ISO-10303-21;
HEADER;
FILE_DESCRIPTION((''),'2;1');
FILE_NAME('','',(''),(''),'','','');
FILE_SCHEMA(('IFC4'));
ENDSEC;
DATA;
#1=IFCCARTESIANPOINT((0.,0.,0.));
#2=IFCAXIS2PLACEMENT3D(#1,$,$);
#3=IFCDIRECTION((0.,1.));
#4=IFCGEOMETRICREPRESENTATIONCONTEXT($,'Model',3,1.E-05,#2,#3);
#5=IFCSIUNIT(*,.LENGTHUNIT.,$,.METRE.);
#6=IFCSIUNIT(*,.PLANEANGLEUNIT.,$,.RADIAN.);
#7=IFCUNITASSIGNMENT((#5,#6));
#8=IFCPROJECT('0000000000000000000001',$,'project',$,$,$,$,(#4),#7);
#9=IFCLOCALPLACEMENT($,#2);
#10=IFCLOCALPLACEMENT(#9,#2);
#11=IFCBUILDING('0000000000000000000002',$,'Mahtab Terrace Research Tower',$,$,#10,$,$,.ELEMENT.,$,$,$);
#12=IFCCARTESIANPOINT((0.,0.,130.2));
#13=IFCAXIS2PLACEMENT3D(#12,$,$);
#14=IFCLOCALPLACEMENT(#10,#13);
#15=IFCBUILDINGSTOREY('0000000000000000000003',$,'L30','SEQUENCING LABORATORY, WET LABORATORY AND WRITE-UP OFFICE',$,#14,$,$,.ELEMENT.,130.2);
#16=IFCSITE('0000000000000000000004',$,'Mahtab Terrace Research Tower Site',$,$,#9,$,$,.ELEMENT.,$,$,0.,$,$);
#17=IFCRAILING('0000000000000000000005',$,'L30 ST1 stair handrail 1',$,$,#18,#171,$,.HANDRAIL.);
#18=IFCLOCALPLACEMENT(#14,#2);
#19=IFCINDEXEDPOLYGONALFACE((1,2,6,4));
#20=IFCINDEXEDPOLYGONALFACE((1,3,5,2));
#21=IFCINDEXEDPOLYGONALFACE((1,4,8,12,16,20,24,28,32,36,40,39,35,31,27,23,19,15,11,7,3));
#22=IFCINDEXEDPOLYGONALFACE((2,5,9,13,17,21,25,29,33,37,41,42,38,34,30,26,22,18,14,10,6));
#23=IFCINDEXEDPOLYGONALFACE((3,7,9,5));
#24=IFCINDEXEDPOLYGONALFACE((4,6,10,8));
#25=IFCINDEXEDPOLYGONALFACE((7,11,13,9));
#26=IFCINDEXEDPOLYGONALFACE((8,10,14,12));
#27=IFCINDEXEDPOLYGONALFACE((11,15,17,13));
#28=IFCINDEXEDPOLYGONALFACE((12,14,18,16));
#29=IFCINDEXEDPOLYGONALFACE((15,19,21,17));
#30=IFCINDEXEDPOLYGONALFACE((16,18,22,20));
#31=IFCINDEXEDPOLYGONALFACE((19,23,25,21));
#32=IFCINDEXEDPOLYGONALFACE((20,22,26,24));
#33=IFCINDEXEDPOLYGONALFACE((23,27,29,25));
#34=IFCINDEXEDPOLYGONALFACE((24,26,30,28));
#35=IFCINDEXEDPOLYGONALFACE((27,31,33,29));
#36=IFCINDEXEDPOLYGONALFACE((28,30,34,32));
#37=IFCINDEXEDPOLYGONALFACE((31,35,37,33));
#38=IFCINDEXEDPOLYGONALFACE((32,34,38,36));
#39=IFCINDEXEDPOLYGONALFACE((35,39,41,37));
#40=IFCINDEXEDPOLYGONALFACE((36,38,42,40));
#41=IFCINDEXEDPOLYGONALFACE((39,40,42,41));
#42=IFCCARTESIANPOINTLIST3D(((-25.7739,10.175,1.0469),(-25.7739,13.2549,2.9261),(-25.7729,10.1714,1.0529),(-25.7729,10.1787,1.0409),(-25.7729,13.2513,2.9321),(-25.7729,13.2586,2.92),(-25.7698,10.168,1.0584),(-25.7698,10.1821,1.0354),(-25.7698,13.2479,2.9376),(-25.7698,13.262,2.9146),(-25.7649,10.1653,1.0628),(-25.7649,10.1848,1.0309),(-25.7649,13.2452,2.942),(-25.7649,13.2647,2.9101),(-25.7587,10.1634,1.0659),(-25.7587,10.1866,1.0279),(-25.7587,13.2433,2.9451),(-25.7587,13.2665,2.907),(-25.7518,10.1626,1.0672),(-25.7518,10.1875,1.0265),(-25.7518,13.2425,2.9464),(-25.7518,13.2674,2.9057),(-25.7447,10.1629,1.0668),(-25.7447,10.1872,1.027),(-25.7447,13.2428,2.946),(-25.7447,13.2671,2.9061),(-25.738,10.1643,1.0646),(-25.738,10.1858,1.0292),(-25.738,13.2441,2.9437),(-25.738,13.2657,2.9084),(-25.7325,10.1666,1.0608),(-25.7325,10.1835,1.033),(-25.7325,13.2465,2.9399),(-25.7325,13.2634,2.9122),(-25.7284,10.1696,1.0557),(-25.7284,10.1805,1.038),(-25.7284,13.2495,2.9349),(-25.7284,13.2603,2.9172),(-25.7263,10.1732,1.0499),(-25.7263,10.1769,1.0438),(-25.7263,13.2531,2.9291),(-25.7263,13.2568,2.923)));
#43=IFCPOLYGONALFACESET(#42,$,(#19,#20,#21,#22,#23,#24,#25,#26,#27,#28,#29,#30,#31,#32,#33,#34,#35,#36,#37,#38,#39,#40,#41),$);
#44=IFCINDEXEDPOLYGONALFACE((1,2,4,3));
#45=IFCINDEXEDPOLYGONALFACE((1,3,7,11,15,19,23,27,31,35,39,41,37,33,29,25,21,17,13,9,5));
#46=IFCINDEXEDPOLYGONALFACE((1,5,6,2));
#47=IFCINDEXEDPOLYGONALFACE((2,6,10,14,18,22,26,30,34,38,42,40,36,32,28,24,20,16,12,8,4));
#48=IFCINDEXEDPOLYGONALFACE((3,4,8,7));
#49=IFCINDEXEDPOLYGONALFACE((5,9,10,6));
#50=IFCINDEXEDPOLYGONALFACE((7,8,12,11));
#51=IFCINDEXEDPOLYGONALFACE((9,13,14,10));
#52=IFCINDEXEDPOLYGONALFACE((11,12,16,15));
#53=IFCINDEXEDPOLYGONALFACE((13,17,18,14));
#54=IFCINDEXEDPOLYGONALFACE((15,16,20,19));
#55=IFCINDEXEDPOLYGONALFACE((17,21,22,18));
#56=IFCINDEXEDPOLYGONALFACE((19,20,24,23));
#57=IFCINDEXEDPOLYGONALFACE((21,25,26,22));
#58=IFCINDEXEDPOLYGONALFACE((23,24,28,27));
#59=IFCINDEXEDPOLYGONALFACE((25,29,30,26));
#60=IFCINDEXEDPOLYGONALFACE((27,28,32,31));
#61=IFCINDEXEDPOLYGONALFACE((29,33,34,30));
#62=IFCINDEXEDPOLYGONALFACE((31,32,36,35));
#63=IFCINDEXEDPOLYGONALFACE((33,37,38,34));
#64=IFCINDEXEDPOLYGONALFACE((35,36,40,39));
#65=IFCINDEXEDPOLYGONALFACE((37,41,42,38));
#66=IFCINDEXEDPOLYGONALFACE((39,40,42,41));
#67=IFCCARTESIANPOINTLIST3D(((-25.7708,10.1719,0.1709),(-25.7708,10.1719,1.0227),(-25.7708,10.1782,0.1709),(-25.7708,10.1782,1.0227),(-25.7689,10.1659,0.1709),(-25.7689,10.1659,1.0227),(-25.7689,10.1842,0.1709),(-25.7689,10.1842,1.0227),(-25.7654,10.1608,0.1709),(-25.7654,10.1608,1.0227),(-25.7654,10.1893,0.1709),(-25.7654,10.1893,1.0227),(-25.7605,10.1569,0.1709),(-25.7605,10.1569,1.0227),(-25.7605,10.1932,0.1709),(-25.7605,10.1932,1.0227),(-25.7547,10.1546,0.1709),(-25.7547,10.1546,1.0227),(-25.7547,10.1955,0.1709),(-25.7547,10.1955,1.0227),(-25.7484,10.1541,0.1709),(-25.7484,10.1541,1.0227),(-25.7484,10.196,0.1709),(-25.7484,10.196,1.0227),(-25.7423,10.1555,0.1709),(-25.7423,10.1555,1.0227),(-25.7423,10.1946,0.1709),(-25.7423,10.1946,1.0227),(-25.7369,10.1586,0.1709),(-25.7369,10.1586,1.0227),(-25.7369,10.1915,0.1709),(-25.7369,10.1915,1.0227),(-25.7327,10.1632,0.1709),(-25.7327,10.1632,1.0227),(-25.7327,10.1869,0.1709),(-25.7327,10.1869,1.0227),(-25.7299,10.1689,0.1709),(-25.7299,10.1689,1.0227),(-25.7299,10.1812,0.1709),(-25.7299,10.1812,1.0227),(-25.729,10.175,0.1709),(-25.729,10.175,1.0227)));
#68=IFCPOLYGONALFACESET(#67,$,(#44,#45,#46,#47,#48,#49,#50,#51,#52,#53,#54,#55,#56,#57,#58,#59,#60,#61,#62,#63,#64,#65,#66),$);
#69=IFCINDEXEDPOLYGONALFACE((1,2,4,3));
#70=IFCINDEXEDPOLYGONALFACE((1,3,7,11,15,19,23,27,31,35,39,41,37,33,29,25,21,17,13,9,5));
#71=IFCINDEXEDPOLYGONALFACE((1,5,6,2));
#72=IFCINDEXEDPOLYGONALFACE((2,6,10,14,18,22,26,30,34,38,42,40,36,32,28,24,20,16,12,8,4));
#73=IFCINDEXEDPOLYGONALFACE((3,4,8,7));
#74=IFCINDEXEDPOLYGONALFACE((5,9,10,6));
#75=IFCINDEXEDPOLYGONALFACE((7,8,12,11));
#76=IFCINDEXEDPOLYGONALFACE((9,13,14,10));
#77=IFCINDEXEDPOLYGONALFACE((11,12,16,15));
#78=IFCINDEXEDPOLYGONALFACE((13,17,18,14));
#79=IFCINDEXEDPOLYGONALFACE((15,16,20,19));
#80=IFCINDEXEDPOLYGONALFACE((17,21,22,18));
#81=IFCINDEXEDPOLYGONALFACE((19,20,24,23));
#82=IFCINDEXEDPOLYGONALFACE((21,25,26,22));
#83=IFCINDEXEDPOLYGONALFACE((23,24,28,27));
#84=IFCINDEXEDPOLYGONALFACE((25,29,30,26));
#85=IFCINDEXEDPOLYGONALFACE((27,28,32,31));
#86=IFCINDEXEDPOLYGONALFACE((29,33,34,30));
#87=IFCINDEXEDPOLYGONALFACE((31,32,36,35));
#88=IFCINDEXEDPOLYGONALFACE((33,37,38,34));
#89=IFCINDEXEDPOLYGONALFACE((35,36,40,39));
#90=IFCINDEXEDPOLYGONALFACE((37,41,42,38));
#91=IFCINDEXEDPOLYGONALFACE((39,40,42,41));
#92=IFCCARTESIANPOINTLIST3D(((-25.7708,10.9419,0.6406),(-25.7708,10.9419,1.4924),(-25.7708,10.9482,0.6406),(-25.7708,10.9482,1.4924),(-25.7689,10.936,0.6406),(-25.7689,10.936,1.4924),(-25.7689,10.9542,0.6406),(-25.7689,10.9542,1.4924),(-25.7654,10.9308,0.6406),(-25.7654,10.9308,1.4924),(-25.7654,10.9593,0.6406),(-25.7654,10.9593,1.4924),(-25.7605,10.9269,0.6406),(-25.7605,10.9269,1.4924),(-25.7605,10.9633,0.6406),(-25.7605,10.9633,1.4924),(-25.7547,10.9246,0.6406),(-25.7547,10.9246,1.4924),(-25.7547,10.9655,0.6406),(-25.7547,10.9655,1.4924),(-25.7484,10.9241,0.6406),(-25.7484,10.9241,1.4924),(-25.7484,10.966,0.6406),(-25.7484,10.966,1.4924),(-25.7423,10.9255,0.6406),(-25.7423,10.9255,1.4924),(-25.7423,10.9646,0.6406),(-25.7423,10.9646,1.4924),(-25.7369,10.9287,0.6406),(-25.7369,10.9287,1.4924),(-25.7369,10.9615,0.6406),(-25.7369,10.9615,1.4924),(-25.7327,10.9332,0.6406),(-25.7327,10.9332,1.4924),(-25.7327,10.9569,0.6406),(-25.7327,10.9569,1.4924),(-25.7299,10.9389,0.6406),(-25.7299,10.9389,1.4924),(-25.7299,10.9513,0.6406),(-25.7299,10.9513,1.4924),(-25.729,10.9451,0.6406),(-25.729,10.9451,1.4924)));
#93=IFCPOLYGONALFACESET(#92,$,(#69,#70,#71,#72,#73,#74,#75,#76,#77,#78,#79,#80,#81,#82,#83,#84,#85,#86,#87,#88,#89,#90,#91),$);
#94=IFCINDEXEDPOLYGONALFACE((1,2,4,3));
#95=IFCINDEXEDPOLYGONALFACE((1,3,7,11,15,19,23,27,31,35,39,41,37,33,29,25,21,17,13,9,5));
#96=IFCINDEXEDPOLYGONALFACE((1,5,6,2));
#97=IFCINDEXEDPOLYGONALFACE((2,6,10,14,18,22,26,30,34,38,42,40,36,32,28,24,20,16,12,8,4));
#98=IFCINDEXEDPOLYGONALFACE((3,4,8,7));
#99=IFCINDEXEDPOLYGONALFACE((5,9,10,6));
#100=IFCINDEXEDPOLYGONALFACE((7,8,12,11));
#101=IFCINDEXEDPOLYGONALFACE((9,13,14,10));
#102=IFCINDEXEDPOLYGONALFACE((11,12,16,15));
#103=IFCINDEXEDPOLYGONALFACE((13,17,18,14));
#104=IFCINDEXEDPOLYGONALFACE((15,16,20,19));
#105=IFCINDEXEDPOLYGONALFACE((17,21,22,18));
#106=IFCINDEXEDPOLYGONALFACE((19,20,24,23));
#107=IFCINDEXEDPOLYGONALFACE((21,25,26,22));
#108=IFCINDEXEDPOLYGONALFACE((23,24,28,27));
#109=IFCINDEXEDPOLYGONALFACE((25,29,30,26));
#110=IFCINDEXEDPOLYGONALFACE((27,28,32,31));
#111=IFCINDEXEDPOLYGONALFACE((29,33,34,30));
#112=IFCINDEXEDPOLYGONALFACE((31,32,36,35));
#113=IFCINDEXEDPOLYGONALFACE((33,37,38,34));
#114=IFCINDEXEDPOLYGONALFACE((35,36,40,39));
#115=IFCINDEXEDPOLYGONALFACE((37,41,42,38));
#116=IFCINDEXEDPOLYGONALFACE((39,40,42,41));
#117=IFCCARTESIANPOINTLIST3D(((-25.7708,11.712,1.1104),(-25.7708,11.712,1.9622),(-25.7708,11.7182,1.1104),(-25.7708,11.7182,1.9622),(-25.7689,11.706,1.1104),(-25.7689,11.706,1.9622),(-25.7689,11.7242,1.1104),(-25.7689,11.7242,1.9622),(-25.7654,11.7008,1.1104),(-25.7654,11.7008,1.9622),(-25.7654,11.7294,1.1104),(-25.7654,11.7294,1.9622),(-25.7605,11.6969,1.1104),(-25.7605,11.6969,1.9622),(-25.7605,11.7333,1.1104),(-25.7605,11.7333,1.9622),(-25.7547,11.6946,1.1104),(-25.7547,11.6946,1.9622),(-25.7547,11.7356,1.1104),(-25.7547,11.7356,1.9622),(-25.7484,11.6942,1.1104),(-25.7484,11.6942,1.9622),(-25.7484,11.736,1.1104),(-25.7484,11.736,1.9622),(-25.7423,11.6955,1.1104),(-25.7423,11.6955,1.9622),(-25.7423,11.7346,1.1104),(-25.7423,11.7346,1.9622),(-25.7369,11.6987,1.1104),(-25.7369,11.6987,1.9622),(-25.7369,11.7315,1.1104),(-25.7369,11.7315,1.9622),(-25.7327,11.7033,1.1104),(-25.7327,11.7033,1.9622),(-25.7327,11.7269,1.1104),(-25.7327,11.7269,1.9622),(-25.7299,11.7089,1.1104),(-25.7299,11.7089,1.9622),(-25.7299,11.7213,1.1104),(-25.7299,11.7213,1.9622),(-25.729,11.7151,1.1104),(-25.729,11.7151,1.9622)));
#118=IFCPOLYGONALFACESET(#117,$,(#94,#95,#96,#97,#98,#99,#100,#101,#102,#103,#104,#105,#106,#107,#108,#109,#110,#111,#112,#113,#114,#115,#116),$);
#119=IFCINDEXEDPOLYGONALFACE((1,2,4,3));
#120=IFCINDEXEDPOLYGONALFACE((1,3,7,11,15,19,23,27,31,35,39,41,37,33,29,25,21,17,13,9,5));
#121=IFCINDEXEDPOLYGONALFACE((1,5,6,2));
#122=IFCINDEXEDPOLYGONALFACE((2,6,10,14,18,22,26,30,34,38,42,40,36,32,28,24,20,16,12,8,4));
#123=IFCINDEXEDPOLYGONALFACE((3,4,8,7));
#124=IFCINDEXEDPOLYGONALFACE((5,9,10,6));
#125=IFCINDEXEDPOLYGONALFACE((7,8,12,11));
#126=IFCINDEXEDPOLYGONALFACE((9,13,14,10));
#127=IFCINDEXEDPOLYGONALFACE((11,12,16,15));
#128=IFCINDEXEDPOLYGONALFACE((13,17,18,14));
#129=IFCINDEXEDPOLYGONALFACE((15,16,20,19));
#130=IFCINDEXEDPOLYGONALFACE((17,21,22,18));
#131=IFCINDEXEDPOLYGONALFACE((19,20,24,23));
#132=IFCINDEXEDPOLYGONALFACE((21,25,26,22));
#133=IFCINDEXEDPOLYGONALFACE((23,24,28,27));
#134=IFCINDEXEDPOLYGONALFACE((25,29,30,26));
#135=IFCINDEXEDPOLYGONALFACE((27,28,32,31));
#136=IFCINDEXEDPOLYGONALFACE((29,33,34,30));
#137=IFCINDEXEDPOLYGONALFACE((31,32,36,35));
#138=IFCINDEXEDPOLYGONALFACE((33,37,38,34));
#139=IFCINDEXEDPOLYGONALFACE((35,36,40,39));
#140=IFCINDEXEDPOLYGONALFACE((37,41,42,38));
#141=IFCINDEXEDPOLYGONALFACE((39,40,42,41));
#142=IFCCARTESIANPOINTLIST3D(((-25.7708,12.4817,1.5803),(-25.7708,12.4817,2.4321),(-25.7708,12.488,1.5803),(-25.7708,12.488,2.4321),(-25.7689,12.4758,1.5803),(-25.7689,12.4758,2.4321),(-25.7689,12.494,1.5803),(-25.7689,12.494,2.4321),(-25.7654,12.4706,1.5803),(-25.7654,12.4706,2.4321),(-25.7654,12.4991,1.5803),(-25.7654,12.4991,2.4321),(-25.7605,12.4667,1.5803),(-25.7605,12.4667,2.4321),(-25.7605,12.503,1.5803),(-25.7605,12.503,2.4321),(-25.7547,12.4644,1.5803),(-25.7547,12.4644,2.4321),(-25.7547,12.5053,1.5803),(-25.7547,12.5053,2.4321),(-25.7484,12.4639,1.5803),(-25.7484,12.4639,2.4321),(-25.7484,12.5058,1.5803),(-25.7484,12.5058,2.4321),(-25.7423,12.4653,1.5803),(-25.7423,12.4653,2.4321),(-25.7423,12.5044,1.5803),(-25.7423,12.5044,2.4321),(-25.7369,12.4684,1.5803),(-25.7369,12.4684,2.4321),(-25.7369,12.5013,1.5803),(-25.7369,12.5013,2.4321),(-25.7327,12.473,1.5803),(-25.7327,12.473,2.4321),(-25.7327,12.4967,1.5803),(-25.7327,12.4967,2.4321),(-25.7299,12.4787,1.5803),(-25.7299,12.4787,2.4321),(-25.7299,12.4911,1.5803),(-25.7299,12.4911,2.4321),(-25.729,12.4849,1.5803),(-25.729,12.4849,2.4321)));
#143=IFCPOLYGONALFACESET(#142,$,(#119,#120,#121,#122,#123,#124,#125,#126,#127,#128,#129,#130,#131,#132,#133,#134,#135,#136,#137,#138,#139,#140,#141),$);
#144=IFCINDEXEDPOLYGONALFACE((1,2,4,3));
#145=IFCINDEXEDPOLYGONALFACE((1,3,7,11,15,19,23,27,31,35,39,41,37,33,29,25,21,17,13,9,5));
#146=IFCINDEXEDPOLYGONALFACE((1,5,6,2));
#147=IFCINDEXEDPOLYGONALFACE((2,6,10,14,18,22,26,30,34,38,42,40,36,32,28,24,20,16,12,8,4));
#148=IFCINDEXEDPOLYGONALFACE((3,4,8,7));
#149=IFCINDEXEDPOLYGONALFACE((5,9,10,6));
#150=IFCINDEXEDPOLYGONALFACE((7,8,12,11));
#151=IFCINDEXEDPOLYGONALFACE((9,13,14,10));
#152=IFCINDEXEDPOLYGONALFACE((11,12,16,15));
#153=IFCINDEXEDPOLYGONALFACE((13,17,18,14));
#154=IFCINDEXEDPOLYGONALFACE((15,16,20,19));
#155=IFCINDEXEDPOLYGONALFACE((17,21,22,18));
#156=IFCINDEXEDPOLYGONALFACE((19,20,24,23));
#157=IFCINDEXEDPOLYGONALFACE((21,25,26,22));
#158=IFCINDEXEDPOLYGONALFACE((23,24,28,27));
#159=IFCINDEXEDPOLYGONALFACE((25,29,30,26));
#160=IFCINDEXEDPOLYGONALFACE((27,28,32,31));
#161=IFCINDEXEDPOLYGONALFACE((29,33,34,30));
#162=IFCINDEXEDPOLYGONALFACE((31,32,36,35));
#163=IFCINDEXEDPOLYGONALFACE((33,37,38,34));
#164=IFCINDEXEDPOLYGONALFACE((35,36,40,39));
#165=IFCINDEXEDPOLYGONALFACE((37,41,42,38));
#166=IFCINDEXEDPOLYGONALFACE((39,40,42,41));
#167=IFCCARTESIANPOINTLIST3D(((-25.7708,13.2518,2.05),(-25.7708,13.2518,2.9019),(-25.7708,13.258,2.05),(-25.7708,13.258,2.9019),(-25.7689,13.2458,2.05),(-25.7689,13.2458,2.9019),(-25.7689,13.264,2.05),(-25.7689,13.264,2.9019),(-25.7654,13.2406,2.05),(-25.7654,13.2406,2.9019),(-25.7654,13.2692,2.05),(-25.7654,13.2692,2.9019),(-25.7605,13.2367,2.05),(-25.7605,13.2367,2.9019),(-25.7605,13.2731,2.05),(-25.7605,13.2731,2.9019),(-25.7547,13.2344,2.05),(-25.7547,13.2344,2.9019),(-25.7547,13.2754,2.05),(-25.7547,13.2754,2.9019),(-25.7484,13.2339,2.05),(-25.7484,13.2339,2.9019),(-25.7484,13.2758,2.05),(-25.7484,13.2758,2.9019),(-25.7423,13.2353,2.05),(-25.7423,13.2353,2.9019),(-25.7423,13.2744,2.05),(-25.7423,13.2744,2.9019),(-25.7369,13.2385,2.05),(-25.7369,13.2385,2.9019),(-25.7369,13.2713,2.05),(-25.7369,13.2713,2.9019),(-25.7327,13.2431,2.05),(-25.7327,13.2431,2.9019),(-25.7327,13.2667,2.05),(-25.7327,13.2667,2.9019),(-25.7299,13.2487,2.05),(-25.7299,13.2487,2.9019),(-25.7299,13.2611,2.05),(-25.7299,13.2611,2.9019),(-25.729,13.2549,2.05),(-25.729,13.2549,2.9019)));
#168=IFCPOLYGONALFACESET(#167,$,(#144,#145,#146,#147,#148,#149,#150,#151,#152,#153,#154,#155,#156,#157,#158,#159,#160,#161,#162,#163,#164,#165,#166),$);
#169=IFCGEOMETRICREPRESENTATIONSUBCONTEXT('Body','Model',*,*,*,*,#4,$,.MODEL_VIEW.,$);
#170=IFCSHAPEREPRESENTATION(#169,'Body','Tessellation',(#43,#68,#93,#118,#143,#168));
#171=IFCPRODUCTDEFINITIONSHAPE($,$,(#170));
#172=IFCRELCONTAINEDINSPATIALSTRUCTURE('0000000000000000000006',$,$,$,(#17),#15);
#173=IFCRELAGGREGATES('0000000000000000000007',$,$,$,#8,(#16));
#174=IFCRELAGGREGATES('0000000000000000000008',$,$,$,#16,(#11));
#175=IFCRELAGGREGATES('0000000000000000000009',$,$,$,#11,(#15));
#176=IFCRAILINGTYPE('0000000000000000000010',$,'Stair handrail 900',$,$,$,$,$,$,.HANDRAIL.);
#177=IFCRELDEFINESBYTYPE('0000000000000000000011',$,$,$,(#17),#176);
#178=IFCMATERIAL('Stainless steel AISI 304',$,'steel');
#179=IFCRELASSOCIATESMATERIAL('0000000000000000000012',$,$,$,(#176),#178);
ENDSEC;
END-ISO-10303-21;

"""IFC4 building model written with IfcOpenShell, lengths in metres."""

from ifc_helpers import new_model, si_unit, direction, frame, origin, origin_2d, place, context, subcontext, project, spatial, circle, extrude, material, type_object, element, save


model = new_model("IFC4")

# Units and contexts
model_context = context("Model", 3, precision=1e-05, world=origin(), true_north=direction((0.0, 1.0)))
body_context = subcontext(model_context, "Body", "Model", "MODEL_VIEW")
ifc_project = project(units=[si_unit("LENGTHUNIT", "METRE"), si_unit("PLANEANGLEUNIT", "RADIAN")], contexts=[model_context])

# Site, building, storey
site_placement = place(None, origin())
site = spatial("IfcSite", under=ifc_project, at=site_placement, Name="Mahtab Terrace Research Tower Site", CompositionType="ELEMENT", RefElevation=0.0)
building_placement = place(site_placement, origin())
building = spatial("IfcBuilding", under=site, at=building_placement, Name="Mahtab Terrace Research Tower", CompositionType="ELEMENT")
storey_placement = place(building_placement, frame((0.0, 0.0, 130.2)))
storey = spatial("IfcBuildingStorey", under=building, at=storey_placement, Name="L30", Description="SEQUENCING LABORATORY, WET LABORATORY AND WRITE-UP OFFICE", CompositionType="ELEMENT", Elevation=130.2)

# Railing
ifc_material_1 = material(Name="Stainless steel AISI 304", Category="steel")
railing_type_1 = type_object("IfcRailingType", Name="Stair handrail 900", PredefinedType="HANDRAIL", material=ifc_material_1)
railing_1_placement = place(storey_placement, frame((-25.75, 10.175, 0.1709)))
element("IfcRailing", 1, at=railing_1_placement, inside=storey, type_object=railing_type_1, Name="L30 ST1 stair handrail 1", PredefinedType="HANDRAIL", context=body_context, shape_type="SweptSolid", body=[
    extrude(circle(Radius=0.0239, at=origin_2d()), frame((0.0, 0.0, 0.876), z_axis=(0.0, 0.853648, 0.52085), x_axis=(-1.0, 0.0, 0.0)), (0.0, 0.0, 1.0), 3.6079),
    extrude(circle(Radius=0.021, at=origin_2d()), origin(), (0.0, 0.0, 1.0), 0.8518),
    extrude(circle(Radius=0.021, at=origin_2d()), frame((0.0, 0.77, 0.4697)), (0.0, 0.0, 1.0), 0.8518),
    extrude(circle(Radius=0.021, at=origin_2d()), frame((0.0, 1.54, 0.9395)), (0.0, 0.0, 1.0), 0.8518),
    extrude(circle(Radius=0.021, at=origin_2d()), frame((0.0, 2.3098, 1.4094)), (0.0, 0.0, 1.0), 0.8518),
    extrude(circle(Radius=0.021, at=origin_2d()), frame((0.0, 3.0798, 1.8792)), (0.0, 0.0, 1.0), 0.8518),
])

save(model, "model.ifc")
